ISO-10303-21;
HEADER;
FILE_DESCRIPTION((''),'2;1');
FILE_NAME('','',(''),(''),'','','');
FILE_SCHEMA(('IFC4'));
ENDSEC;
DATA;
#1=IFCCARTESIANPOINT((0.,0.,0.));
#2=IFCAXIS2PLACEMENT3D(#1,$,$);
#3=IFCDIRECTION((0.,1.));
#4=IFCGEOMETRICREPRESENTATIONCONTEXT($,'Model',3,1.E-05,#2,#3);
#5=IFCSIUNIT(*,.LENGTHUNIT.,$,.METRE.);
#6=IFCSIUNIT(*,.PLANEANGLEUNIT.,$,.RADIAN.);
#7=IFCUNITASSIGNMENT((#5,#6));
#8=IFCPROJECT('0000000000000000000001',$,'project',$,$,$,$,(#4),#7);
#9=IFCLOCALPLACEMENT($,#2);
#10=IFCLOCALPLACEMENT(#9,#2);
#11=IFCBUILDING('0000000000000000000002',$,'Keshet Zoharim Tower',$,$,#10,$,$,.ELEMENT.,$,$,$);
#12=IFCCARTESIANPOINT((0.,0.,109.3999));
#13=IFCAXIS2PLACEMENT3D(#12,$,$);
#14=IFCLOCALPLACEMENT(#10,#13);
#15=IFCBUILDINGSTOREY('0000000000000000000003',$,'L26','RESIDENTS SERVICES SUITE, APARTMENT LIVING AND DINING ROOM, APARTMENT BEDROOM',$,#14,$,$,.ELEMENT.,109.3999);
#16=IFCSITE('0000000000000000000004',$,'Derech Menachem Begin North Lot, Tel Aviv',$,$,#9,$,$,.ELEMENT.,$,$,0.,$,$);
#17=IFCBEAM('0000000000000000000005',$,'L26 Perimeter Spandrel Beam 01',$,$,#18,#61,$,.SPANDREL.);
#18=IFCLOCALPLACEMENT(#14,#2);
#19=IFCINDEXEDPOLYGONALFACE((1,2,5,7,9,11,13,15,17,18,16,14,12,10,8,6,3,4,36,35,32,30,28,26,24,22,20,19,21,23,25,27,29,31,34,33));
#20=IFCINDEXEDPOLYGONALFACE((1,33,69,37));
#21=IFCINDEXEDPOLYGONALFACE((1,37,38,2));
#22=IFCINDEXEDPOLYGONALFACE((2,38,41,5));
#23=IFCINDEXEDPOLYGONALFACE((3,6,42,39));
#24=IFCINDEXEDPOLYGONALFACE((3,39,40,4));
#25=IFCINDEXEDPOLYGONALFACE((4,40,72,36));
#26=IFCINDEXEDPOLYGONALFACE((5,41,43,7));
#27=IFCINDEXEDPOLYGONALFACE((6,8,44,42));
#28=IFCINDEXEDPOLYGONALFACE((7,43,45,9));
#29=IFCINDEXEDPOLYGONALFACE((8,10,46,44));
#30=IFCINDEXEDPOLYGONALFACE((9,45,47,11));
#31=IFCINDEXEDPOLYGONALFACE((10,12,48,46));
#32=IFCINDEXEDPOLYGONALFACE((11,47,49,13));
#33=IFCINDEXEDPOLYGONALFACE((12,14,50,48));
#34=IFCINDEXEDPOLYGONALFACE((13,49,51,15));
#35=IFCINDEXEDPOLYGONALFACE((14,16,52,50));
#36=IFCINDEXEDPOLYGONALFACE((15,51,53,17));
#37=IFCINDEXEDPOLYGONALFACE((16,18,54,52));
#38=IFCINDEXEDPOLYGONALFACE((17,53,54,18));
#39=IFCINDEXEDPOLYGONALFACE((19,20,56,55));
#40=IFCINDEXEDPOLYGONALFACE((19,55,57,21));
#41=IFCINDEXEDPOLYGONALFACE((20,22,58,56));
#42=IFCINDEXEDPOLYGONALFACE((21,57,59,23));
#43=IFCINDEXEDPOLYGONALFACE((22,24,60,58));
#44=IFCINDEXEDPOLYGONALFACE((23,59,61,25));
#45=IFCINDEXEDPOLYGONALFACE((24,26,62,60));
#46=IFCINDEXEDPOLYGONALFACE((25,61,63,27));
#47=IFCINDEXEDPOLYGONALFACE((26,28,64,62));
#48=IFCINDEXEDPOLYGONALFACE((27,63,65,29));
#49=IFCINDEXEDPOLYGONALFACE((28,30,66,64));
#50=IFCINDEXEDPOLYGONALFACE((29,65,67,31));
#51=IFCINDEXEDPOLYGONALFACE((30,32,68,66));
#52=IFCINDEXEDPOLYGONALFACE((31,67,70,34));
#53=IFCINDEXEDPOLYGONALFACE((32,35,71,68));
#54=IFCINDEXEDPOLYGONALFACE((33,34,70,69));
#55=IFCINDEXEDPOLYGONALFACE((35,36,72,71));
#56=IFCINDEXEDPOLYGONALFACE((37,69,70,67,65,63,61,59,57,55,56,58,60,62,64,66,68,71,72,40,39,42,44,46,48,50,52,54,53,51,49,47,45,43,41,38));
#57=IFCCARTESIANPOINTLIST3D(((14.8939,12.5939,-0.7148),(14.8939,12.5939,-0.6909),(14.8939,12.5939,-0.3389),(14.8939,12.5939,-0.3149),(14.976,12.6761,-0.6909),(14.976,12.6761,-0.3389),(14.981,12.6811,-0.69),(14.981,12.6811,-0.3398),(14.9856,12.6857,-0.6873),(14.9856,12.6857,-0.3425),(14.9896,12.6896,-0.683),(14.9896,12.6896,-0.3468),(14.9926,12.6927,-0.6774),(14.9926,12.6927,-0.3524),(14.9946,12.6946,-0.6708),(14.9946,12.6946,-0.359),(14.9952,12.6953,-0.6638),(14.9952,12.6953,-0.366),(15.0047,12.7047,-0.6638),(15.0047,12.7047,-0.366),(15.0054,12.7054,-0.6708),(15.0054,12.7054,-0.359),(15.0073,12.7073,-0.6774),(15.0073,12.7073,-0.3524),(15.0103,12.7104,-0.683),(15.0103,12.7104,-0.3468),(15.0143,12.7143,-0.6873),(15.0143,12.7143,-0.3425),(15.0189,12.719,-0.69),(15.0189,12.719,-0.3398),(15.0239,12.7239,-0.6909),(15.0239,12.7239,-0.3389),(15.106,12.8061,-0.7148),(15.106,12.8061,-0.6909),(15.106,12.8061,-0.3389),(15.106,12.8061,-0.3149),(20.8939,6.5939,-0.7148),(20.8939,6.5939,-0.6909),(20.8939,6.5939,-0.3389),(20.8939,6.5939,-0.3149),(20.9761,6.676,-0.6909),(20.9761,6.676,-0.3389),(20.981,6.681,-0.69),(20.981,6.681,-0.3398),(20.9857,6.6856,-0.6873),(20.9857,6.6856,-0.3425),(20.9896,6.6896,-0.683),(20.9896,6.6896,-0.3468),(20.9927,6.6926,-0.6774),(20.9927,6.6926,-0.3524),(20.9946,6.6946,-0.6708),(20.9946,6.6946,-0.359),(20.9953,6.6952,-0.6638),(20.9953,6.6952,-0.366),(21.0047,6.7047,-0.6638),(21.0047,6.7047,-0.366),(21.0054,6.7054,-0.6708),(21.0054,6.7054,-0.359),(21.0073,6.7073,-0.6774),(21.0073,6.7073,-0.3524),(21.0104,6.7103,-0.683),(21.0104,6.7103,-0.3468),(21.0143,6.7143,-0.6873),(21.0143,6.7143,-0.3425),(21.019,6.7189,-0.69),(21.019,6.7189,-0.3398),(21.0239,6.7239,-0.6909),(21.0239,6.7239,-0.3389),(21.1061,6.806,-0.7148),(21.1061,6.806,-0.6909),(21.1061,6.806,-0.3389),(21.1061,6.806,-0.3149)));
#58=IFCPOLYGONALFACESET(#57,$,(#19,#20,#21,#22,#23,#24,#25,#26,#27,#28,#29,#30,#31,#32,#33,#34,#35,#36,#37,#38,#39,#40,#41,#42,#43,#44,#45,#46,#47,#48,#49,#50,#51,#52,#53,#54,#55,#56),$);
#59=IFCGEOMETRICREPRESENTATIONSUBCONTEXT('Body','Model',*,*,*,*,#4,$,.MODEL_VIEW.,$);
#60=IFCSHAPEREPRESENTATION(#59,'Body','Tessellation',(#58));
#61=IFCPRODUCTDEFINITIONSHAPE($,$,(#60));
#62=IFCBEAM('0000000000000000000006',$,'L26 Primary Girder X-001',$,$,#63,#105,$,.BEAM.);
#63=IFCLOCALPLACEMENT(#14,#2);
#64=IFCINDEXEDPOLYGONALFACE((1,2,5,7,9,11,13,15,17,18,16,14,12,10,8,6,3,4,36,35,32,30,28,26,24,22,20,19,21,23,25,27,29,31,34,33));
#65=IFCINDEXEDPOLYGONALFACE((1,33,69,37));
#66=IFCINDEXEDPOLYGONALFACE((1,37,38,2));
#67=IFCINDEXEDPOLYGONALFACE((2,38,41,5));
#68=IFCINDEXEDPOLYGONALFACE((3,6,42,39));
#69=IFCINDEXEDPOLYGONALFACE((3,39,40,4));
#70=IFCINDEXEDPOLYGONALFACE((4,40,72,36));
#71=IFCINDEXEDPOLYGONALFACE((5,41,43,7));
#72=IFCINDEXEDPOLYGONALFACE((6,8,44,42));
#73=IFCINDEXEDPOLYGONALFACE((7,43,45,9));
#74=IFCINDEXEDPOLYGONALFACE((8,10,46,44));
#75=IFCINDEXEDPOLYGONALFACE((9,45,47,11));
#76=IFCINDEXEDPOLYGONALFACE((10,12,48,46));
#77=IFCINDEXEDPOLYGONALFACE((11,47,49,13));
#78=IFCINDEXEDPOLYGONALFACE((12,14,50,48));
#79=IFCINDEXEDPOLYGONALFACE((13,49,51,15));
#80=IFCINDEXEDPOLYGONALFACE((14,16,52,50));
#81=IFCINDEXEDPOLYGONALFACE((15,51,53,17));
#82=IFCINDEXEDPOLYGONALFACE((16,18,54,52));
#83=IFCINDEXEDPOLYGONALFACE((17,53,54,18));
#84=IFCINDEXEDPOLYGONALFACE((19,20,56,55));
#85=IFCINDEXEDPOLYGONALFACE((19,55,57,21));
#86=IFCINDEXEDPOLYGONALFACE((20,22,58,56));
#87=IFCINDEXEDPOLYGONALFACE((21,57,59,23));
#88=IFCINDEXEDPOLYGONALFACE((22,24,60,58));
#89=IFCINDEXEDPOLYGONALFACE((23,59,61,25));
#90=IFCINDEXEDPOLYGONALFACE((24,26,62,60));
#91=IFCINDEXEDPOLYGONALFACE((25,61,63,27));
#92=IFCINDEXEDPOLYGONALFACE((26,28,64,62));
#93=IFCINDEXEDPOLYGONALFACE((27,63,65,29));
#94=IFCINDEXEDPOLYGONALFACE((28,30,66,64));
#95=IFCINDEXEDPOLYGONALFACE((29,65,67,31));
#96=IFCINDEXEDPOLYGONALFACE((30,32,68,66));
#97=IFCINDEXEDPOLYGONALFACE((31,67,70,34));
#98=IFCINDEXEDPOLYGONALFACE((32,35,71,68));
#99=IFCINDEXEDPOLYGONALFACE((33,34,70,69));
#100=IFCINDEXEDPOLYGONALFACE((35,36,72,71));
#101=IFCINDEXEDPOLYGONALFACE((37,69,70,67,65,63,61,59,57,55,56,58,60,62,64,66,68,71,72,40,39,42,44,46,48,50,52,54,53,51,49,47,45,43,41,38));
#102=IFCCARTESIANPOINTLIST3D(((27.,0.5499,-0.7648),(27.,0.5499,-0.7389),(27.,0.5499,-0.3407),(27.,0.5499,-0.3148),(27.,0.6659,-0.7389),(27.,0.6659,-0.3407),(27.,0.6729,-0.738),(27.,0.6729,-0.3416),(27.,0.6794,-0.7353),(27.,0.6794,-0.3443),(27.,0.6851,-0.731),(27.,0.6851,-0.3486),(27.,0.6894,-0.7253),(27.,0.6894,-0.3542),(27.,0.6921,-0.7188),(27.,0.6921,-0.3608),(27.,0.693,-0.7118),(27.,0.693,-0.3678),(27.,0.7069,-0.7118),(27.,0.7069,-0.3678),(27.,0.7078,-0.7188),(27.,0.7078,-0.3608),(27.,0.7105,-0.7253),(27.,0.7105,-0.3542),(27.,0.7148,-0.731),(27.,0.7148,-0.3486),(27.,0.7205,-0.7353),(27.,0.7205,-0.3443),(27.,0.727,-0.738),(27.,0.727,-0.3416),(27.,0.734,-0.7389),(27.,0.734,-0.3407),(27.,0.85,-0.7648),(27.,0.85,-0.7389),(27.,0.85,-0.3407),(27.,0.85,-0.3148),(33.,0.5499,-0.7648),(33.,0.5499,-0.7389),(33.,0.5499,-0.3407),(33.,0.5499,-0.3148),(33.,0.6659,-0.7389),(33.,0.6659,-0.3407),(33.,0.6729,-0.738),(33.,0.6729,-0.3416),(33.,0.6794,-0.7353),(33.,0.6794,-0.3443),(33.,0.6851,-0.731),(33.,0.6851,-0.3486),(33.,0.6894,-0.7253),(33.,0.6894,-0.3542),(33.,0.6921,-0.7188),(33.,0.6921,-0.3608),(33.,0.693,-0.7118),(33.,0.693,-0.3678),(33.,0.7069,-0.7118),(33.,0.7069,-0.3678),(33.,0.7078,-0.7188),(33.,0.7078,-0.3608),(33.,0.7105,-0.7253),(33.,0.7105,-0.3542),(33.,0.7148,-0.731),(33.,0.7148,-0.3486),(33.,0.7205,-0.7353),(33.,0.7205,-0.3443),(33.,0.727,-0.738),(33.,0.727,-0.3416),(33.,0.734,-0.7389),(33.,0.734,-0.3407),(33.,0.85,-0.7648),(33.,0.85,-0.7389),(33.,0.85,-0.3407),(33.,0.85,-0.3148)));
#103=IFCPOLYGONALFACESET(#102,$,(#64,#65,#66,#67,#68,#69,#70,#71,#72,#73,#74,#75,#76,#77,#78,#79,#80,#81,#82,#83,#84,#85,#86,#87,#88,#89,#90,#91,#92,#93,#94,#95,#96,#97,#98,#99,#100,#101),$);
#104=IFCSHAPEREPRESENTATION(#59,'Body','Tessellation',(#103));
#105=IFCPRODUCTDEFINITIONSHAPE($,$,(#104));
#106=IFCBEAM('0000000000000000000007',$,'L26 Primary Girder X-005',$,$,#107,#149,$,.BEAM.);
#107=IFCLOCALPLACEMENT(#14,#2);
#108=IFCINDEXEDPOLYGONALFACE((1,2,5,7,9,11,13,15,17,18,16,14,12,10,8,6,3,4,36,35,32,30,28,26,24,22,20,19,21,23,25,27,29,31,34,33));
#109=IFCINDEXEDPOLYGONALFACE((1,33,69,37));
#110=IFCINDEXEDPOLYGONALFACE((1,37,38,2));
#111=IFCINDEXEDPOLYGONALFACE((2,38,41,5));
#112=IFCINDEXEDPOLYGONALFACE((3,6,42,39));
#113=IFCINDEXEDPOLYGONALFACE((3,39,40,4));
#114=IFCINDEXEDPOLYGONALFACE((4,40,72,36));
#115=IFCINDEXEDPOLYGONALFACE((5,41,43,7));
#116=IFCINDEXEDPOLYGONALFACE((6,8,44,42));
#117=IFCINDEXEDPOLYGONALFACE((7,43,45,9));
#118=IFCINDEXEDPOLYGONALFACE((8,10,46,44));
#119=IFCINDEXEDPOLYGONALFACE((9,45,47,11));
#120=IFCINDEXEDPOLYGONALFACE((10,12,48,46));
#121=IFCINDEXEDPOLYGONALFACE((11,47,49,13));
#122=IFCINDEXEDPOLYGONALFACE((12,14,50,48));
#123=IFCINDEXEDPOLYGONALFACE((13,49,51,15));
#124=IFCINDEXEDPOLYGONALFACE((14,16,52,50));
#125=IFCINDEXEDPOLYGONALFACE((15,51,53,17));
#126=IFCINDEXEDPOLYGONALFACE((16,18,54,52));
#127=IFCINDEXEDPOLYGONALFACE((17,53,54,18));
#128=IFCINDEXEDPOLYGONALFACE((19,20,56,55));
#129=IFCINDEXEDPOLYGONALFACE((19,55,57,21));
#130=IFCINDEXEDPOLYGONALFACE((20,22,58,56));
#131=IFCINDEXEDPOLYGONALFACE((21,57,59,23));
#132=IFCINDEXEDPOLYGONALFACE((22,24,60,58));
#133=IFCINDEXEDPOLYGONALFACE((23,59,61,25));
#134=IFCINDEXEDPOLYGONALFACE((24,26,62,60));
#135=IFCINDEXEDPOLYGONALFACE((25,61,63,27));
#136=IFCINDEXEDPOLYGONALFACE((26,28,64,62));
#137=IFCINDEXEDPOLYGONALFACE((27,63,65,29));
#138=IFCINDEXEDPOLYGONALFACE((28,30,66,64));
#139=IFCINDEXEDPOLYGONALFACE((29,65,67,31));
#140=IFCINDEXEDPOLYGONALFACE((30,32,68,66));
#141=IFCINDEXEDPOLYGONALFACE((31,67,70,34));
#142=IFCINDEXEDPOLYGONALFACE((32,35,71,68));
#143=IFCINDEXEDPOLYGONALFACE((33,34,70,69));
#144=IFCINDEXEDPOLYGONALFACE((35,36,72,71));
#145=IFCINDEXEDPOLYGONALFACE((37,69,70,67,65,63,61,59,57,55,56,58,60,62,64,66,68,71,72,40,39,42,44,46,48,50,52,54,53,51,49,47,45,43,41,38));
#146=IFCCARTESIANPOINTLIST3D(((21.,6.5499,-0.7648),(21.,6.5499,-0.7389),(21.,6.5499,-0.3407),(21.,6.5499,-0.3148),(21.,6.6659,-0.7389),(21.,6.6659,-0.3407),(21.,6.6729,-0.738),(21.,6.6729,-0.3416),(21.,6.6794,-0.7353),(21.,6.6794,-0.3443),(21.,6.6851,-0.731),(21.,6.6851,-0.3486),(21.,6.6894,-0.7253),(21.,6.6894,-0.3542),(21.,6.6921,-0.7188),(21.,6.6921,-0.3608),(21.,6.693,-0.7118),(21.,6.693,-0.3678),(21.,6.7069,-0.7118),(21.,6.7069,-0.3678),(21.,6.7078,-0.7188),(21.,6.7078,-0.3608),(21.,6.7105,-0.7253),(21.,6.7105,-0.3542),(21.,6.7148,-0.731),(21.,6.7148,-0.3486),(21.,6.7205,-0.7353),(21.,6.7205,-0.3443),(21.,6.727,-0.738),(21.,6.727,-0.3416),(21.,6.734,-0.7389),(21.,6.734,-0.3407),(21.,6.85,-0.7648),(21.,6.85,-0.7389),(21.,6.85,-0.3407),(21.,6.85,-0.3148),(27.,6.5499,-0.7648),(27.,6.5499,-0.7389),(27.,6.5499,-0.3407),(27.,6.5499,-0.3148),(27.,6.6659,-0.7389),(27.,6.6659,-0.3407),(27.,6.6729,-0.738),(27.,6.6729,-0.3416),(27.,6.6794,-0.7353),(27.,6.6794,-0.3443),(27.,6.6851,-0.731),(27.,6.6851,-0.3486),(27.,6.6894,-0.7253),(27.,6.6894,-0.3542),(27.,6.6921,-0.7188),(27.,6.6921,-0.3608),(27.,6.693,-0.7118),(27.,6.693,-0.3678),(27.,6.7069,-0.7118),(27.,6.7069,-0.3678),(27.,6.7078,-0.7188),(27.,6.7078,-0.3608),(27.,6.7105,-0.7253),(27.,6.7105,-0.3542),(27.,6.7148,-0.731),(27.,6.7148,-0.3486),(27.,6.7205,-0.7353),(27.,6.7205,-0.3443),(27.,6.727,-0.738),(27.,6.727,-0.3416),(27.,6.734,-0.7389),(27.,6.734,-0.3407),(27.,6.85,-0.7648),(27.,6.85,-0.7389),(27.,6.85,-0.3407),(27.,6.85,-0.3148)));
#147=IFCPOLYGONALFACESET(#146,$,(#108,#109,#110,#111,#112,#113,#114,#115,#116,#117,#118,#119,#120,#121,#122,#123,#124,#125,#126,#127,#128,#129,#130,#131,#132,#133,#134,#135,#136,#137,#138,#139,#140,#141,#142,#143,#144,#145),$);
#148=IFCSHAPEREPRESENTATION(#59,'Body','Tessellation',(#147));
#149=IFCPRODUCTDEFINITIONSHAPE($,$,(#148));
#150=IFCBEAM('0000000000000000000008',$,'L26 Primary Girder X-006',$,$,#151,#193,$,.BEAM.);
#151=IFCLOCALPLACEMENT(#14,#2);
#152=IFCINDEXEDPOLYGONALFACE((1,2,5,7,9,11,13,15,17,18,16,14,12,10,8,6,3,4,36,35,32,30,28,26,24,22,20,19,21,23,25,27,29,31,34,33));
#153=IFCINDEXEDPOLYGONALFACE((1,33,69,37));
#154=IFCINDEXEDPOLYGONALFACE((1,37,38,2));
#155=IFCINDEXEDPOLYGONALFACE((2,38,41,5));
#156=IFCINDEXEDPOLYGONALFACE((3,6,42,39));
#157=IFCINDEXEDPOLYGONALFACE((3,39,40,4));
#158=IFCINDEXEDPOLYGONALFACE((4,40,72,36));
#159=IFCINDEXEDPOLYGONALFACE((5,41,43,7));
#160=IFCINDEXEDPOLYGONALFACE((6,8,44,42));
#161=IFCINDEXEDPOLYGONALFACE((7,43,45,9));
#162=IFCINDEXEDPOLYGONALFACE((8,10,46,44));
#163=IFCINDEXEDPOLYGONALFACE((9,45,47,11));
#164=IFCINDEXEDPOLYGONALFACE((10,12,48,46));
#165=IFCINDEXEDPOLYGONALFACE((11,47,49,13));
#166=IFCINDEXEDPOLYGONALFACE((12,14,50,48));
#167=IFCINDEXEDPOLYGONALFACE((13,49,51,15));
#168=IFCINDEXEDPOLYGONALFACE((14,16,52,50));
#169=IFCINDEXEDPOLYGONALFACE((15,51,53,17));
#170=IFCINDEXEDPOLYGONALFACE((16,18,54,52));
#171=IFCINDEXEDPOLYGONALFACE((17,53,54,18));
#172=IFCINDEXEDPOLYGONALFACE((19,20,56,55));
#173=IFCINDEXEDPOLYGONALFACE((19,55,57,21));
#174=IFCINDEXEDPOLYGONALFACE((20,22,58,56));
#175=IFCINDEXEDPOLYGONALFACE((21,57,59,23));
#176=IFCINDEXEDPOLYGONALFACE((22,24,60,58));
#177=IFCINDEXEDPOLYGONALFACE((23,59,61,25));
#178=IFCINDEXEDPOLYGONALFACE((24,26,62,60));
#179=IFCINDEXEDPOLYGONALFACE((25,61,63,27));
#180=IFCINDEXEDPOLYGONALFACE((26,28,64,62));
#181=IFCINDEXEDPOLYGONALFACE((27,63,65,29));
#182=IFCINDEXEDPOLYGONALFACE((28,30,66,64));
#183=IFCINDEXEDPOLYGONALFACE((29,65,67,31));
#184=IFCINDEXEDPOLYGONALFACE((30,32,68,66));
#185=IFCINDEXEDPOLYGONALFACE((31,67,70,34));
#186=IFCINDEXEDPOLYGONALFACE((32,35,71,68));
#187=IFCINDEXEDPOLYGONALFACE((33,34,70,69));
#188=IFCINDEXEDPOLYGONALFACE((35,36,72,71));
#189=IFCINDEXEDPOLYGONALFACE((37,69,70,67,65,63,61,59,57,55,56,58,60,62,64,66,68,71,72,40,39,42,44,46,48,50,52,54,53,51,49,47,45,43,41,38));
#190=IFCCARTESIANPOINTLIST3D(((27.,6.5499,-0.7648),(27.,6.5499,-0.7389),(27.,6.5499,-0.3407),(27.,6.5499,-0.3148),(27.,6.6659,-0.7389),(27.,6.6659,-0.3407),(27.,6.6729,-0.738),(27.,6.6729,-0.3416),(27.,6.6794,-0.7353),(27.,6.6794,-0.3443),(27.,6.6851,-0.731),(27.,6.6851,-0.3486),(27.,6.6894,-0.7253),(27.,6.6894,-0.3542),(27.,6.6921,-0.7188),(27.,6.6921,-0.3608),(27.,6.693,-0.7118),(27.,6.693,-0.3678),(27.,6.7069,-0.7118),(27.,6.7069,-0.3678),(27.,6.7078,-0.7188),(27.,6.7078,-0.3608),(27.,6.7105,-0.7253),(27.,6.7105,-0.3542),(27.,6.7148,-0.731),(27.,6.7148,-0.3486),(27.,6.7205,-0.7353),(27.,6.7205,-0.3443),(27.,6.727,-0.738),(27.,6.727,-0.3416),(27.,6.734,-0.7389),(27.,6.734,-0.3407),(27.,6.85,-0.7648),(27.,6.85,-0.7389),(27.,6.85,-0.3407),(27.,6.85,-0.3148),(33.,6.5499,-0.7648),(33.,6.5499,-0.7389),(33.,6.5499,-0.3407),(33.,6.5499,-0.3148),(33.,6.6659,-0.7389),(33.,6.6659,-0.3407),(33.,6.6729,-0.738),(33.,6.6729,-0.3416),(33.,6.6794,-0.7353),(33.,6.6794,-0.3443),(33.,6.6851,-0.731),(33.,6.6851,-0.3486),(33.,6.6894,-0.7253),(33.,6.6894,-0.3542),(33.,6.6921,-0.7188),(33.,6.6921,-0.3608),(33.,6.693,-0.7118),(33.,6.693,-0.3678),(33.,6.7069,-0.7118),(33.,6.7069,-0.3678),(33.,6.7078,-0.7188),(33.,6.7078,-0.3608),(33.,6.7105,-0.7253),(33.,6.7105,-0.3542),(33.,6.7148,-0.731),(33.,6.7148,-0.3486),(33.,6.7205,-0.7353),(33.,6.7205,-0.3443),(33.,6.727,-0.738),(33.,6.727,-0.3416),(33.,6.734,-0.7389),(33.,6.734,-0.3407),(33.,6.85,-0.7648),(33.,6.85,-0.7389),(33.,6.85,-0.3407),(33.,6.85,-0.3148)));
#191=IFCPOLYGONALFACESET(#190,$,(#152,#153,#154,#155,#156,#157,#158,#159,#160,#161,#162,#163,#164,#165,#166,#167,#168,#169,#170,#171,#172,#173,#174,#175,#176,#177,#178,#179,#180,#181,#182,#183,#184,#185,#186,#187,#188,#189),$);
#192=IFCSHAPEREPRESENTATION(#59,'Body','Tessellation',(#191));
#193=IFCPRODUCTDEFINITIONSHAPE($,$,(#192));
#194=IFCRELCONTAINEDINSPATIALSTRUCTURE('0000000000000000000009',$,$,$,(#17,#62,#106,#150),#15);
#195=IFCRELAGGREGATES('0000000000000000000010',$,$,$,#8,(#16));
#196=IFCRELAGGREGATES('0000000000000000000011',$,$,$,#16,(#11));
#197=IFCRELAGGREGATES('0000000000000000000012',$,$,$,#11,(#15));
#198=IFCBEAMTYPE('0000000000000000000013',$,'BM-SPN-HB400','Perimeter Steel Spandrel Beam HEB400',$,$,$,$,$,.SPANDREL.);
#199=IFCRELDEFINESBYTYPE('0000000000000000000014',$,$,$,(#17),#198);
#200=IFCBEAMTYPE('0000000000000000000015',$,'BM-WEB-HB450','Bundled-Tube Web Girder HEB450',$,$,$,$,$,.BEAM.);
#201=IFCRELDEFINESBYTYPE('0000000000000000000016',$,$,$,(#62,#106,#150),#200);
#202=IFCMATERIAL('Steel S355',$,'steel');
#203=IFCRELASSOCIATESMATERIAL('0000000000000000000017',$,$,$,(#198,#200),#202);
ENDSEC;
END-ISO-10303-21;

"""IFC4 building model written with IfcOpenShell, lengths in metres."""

from ifc_helpers import new_model, si_unit, direction, frame, origin, origin_2d, place, context, subcontext, project, spatial, i_section, extrude, material, material_profile, profile_set, type_object, element, save


model = new_model("IFC4")

# Units and contexts
model_context = context("Model", 3, precision=1e-05, world=origin(), true_north=direction((0.0, 1.0)))
body_context = subcontext(model_context, "Body", "Model", "MODEL_VIEW")
ifc_project = project(units=[si_unit("LENGTHUNIT", "METRE"), si_unit("PLANEANGLEUNIT", "RADIAN")], contexts=[model_context])

# Site, building, storey
site_placement = place(None, origin())
site = spatial("IfcSite", under=ifc_project, at=site_placement, Name="Derech Menachem Begin North Lot, Tel Aviv", CompositionType="ELEMENT", RefElevation=0.0)
building_placement = place(site_placement, origin())
building = spatial("IfcBuilding", under=site, at=building_placement, Name="Keshet Zoharim Tower", CompositionType="ELEMENT")
storey_placement = place(building_placement, frame((0.0, 0.0, 109.3999)))
storey = spatial("IfcBuildingStorey", under=building, at=storey_placement, Name="L26", Description="RESIDENTS SERVICES SUITE, APARTMENT LIVING AND DINING ROOM, APARTMENT BEDROOM", CompositionType="ELEMENT", Elevation=109.3999)

# Shared definitions
ifc_material_1 = material(Name="Steel S355", Category="steel")

# Beams
ifc_material_profile_1 = material_profile(ifc_material_1, i_section(OverallWidth=0.3, OverallDepth=0.3999, WebThickness=0.0134, FlangeThickness=0.0239, FilletRadius=0.0271, at=origin_2d()), Name="HEB400")
ifc_profile_set_1 = profile_set([ifc_material_profile_1], Name="Steel S355")
beam_type_1 = type_object("IfcBeamType", Name="BM-SPN-HB400", Description="Perimeter Steel Spandrel Beam HEB400", PredefinedType="SPANDREL", material=ifc_profile_set_1)
beam_1_placement = place(storey_placement, frame((21.0, 6.7, -0.5149), z_axis=(-0.707107, 0.707107, 0.0), x_axis=(-0.707107, -0.707107, 0.0)))
element("IfcBeam", 1, at=beam_1_placement, inside=storey, type_object=beam_type_1, Name="L26 Perimeter Spandrel Beam 01", PredefinedType="SPANDREL", context=body_context, shape_type="SweptSolid", body=[
    extrude(i_section(OverallWidth=0.3, OverallDepth=0.3999, WebThickness=0.0134, FlangeThickness=0.0239, FilletRadius=0.0271, at=origin_2d()), origin(), (0.0, 0.0, 1.0), 8.4854),
])
ifc_material_profile_2 = material_profile(ifc_material_1, i_section(OverallWidth=0.3, OverallDepth=0.45, WebThickness=0.0139, FlangeThickness=0.0259, FilletRadius=0.0271, at=origin_2d()), Name="HEB450")
ifc_profile_set_2 = profile_set([ifc_material_profile_2], Name="Steel S355")
beam_type_2 = type_object("IfcBeamType", Name="BM-WEB-HB450", Description="Bundled-Tube Web Girder HEB450", PredefinedType="BEAM", material=ifc_profile_set_2)
for number, where, z_axis, x_axis, name in (
    (2, (27.0, 0.7, -0.5398), (1.0, 0.0, 0.0), (0.0, 1.0, 0.0), "L26 Primary Girder X-001"),
    (3, (21.0, 6.7, -0.5398), (1.0, 0.0, 0.0), (0.0, 1.0, 0.0), "L26 Primary Girder X-005"),
    (4, (27.0, 6.7, -0.5398), (1.0, 0.0, 0.0), (0.0, 1.0, 0.0), "L26 Primary Girder X-006"),
):
    element("IfcBeam", number, at=place(storey_placement, frame(where, z_axis=z_axis, x_axis=x_axis)), inside=storey, type_object=beam_type_2, Name=name, PredefinedType="BEAM", context=body_context, shape_type="SweptSolid", body=[
        extrude(i_section(OverallWidth=0.3, OverallDepth=0.45, WebThickness=0.0139, FlangeThickness=0.0259, FilletRadius=0.0271, at=origin_2d()), origin(), (0.0, 0.0, 1.0), 6.0),
    ])

save(model, "model.ifc")
